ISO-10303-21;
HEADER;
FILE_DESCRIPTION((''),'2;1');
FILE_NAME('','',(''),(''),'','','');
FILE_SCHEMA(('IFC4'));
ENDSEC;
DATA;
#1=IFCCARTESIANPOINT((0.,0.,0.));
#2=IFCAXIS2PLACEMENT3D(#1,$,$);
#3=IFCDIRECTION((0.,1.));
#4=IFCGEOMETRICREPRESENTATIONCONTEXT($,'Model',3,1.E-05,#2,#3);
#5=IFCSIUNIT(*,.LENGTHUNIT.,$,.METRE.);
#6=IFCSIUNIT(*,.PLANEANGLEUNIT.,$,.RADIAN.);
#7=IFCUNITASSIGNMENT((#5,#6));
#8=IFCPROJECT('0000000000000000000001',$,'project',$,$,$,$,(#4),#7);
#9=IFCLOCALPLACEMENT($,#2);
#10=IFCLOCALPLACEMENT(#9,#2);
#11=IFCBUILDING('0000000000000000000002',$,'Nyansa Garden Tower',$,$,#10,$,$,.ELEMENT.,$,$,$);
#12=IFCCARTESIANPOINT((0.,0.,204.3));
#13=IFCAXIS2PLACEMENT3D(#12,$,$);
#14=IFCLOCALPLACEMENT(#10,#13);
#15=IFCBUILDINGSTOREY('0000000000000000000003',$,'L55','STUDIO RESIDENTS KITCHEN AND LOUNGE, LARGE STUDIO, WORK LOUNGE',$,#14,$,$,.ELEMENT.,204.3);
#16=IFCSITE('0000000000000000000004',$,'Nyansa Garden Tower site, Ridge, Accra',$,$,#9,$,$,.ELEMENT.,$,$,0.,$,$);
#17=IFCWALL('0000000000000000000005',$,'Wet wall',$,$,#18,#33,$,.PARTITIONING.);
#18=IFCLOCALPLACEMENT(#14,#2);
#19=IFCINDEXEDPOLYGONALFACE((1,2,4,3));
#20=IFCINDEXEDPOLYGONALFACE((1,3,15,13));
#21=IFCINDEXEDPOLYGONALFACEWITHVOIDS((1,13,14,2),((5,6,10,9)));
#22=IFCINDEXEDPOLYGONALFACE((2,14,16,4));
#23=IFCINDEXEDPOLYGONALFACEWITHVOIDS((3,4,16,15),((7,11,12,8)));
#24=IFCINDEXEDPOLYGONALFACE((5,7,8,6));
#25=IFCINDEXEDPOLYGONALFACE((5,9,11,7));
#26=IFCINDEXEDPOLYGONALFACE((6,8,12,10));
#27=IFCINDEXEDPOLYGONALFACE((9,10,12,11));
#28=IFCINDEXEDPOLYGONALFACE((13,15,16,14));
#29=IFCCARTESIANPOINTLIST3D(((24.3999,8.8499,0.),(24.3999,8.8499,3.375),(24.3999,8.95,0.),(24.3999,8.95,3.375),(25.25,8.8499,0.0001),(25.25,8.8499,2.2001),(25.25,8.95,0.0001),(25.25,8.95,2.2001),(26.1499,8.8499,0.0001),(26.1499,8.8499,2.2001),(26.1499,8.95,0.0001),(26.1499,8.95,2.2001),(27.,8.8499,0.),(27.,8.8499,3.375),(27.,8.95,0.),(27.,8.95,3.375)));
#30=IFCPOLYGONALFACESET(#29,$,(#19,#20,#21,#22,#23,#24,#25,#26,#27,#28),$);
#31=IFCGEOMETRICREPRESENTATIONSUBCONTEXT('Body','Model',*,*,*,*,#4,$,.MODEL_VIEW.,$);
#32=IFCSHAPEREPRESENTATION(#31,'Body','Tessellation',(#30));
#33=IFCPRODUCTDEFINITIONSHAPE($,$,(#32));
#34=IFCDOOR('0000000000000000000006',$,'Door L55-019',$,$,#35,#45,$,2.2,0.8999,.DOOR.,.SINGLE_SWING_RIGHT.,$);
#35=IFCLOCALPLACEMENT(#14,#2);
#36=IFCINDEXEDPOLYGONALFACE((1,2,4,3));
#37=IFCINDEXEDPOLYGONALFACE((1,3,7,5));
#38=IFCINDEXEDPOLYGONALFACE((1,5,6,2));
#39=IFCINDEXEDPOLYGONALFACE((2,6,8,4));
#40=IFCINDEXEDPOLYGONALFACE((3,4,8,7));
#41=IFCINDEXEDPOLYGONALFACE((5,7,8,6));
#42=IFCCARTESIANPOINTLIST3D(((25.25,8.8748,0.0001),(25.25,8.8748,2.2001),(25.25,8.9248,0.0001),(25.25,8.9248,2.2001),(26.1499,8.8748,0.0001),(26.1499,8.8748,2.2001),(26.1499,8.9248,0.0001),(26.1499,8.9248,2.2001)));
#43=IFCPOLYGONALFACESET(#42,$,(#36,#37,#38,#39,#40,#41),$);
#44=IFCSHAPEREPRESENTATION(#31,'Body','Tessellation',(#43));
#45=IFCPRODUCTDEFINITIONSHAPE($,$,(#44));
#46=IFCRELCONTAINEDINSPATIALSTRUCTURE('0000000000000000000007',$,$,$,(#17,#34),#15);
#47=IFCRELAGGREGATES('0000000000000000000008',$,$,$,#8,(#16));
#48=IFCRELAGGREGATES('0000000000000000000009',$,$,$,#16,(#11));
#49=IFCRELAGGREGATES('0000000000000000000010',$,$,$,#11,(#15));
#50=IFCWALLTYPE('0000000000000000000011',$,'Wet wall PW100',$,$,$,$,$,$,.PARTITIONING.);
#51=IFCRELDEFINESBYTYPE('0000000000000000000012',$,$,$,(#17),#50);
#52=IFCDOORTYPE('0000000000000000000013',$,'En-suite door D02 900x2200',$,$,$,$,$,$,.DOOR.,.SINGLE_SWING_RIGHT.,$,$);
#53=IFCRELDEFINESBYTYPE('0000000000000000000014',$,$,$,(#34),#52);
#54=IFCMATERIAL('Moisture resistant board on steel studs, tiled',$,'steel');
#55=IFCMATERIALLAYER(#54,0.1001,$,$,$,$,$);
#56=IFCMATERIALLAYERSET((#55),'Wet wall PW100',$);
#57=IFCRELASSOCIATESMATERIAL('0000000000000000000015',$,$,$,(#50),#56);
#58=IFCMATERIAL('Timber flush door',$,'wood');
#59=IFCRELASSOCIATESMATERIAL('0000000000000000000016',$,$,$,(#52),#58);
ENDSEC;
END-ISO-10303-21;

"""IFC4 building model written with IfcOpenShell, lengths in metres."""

from ifc_helpers import new_model, si_unit, direction, frame, frame_2d, origin, place, context, subcontext, project, spatial, rectangle, extrude, material, layer, layer_set, type_object, element, fill, save


model = new_model("IFC4")

# Units and contexts
model_context = context("Model", 3, precision=1e-05, world=origin(), true_north=direction((0.0, 1.0)))
body_context = subcontext(model_context, "Body", "Model", "MODEL_VIEW")
ifc_project = project(units=[si_unit("LENGTHUNIT", "METRE"), si_unit("PLANEANGLEUNIT", "RADIAN")], contexts=[model_context])

# Site, building, storey
site_placement = place(None, origin())
site = spatial("IfcSite", under=ifc_project, at=site_placement, Name="Nyansa Garden Tower site, Ridge, Accra", CompositionType="ELEMENT", RefElevation=0.0)
building_placement = place(site_placement, origin())
building = spatial("IfcBuilding", under=site, at=building_placement, Name="Nyansa Garden Tower", CompositionType="ELEMENT")
storey_placement = place(building_placement, frame((0.0, 0.0, 204.3)))
storey = spatial("IfcBuildingStorey", under=building, at=storey_placement, Name="L55", Description="STUDIO RESIDENTS KITCHEN AND LOUNGE, LARGE STUDIO, WORK LOUNGE", CompositionType="ELEMENT", Elevation=204.3)

# Shared definitions
ifc_material_1 = material(Name="Moisture resistant board on steel studs, tiled", Category="steel")
ifc_layer_1 = layer(ifc_material_1, 0.1001)
ifc_layer_set_1 = layer_set([ifc_layer_1], Name="Wet wall PW100")
wall_type_1 = type_object("IfcWallType", Name="Wet wall PW100", PredefinedType="PARTITIONING", material=ifc_layer_set_1)

# Wall, opening, door
wall_1_placement = place(storey_placement, frame((24.3999, 8.8999, 0.0), z_axis=(0.0, 0.0, 1.0), x_axis=(1.0, 0.0, 0.0)))
wall_1 = element("IfcWall", 1, at=wall_1_placement, inside=storey, type_object=wall_type_1, Name="Wet wall", PredefinedType="PARTITIONING", context=body_context, shape_type="SweptSolid", body=[
    extrude(rectangle(XDim=2.6001, YDim=0.1001, at=frame_2d((1.3, 0.0))), origin(), (0.0, 0.0, 1.0), 3.375),
])
opening_1_placement = place(wall_1_placement, frame((0.8501, 0.0, 0.0)))
opening_1 = element("IfcOpeningElement", 2, at=opening_1_placement, cuts=wall_1, PredefinedType="OPENING", context=body_context, shape_type="SweptSolid", body=[
    extrude(rectangle(XDim=0.8999, YDim=2.2, at=frame_2d((0.45, 1.1001))), frame((0.0, 0.0601, 0.0), z_axis=(0.0, -1.0, 0.0), x_axis=(1.0, 0.0, 0.0)), (0.0, 0.0, 1.0), 0.1201),
])
ifc_material_2 = material(Name="Timber flush door", Category="wood")
door_type_1 = type_object("IfcDoorType", Name="En-suite door D02 900x2200", OperationType="SINGLE_SWING_RIGHT", PredefinedType="DOOR", material=ifc_material_2)
door_1_placement = place(opening_1_placement, origin())
door_1 = element("IfcDoor", 3, at=door_1_placement, inside=storey, type_object=door_type_1, Name="Door L55-019", OperationType="SINGLE_SWING_RIGHT", OverallHeight=2.2, OverallWidth=0.8999, PredefinedType="DOOR", context=body_context, shape_type="SweptSolid", body=[
    extrude(rectangle(XDim=0.8999, YDim=2.2, at=frame_2d((0.45, 1.1001))), frame((0.0, 0.0249, 0.0), z_axis=(0.0, -1.0, 0.0), x_axis=(1.0, 0.0, 0.0)), (0.0, 0.0, 1.0), 0.05),
])
fill(opening_1, door_1)

save(model, "model.ifc")
